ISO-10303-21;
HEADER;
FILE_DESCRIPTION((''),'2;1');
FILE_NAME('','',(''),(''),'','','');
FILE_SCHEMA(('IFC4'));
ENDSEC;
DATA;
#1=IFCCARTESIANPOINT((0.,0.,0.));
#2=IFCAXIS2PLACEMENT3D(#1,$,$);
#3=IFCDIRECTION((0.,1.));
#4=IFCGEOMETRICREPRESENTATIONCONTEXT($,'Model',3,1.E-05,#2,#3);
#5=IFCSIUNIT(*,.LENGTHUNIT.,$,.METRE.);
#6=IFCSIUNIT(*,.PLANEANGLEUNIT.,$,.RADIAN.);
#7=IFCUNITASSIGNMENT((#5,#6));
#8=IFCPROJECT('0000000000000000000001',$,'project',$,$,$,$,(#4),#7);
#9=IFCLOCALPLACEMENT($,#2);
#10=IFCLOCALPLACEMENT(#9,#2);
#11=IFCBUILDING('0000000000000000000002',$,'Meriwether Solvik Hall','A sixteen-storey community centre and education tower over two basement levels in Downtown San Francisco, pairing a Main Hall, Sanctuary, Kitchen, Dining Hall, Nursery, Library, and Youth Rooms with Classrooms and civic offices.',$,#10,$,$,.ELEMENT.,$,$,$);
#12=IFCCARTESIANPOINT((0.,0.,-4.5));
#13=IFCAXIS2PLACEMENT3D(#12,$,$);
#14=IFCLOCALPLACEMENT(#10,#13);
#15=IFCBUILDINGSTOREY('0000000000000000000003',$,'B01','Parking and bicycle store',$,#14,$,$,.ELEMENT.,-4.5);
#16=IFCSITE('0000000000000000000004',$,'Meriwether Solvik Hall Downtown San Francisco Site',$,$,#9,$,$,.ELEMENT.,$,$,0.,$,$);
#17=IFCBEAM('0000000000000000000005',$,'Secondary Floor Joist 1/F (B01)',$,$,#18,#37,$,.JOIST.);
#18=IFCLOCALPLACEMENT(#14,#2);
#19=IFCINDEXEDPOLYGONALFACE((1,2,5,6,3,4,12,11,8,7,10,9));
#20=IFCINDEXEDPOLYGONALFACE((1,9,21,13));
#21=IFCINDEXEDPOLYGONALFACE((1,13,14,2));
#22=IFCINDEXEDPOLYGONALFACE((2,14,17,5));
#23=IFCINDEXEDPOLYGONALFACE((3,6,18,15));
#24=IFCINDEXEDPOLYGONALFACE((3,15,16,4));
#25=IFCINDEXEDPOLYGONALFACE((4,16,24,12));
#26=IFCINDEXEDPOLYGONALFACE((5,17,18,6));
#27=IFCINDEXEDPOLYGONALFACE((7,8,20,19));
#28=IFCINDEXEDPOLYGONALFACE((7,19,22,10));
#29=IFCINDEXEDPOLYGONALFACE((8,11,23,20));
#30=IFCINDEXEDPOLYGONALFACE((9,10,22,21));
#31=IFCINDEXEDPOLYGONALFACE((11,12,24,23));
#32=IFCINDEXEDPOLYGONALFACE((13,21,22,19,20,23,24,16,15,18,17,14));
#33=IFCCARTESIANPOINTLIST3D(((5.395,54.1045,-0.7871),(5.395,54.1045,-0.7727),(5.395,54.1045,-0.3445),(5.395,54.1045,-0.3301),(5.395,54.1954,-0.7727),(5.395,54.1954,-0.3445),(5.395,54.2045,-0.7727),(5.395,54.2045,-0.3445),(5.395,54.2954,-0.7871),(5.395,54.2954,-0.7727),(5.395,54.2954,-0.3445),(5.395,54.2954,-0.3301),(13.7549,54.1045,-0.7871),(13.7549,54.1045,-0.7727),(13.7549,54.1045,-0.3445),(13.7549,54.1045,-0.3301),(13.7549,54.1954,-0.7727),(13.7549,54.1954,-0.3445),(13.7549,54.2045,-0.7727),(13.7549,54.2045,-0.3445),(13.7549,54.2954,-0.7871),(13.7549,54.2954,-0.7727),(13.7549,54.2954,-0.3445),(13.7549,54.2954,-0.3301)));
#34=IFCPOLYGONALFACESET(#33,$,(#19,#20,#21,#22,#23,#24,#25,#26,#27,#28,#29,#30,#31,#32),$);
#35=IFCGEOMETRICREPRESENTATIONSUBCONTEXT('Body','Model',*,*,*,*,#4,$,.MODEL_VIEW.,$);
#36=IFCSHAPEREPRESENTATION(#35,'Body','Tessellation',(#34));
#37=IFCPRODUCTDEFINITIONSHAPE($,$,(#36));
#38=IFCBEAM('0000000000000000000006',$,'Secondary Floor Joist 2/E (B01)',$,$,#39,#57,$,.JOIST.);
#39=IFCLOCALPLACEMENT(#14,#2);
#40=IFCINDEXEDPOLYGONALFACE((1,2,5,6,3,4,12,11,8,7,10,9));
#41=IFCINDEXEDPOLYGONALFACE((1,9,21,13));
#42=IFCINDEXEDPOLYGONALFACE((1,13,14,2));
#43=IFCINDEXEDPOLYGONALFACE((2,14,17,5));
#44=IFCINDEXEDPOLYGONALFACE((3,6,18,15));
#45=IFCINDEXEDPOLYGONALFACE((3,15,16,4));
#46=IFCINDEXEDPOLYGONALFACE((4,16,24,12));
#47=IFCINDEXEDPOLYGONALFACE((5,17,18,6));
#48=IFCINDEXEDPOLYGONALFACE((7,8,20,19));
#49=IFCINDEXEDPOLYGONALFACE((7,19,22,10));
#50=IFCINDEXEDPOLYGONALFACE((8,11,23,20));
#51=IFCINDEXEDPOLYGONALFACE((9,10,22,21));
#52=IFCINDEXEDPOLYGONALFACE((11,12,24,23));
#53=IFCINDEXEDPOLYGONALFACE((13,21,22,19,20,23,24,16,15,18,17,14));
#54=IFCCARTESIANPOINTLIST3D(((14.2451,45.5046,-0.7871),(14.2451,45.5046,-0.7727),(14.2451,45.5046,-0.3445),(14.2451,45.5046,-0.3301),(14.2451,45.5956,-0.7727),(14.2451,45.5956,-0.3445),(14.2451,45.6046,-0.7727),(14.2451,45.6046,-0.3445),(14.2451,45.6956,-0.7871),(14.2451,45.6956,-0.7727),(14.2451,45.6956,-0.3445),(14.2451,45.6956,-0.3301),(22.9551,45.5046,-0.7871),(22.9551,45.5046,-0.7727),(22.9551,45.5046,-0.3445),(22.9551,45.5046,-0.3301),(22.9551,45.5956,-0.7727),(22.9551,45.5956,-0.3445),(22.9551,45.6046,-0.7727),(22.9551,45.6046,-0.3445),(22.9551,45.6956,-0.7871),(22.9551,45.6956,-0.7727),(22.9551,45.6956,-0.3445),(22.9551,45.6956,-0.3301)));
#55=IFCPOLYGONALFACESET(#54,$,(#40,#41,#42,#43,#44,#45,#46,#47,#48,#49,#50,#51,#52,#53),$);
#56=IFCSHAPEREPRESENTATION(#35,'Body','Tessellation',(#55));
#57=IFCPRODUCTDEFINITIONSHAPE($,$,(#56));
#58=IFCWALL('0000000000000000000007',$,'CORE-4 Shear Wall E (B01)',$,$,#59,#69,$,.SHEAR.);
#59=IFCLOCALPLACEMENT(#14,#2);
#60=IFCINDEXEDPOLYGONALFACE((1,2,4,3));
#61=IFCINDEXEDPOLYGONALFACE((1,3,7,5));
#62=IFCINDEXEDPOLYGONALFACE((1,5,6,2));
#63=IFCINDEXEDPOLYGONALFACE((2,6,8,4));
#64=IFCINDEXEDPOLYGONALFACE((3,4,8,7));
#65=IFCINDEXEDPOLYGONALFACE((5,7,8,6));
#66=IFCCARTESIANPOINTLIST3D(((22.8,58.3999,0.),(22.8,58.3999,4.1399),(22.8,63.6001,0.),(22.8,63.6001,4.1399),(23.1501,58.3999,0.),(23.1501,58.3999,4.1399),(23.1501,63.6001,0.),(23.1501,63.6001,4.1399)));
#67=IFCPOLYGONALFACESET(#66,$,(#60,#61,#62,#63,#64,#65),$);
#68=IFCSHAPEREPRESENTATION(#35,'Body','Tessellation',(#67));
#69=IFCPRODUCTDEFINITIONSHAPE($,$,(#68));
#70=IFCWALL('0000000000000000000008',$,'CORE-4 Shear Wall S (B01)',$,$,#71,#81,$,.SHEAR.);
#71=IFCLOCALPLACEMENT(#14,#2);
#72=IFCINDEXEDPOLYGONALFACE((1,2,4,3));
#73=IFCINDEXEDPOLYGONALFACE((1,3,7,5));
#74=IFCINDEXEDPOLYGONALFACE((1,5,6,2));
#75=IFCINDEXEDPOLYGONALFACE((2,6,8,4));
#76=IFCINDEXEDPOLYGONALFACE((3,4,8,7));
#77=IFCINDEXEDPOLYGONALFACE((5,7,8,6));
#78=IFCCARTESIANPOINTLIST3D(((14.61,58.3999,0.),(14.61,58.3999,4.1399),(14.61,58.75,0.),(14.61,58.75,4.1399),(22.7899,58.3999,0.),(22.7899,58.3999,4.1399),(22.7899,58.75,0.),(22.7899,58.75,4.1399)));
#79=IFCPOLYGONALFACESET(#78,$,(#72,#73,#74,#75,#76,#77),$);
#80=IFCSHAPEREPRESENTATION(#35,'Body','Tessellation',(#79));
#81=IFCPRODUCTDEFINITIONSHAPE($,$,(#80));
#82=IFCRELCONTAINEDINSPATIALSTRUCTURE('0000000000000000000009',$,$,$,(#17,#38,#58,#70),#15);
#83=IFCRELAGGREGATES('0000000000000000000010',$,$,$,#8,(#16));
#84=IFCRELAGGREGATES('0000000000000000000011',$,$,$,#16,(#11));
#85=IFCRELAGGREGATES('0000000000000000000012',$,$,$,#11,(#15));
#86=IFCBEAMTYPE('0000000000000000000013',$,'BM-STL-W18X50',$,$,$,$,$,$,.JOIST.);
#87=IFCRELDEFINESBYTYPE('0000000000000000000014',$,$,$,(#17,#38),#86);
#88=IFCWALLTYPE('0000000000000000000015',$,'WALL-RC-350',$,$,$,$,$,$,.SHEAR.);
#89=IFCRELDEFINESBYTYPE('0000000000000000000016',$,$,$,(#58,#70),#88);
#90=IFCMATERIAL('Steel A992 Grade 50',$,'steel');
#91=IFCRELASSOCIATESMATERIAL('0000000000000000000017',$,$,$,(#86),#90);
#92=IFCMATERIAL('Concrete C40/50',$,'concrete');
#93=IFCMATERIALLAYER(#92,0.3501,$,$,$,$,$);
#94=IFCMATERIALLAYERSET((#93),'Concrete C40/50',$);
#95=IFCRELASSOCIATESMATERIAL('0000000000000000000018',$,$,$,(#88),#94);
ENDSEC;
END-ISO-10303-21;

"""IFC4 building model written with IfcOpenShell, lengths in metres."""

from ifc_helpers import new_model, si_unit, direction, frame, frame_2d, origin, origin_2d, place, context, subcontext, project, spatial, rectangle, i_section, extrude, material, layer, layer_set, material_profile, profile_set, type_object, element, save


model = new_model("IFC4")

# Units and contexts
model_context = context("Model", 3, precision=1e-05, world=origin(), true_north=direction((0.0, 1.0)))
body_context = subcontext(model_context, "Body", "Model", "MODEL_VIEW")
ifc_project = project(units=[si_unit("LENGTHUNIT", "METRE"), si_unit("PLANEANGLEUNIT", "RADIAN")], contexts=[model_context])

# Site, building, storey
site_placement = place(None, origin())
site = spatial("IfcSite", under=ifc_project, at=site_placement, Name="Meriwether Solvik Hall Downtown San Francisco Site", CompositionType="ELEMENT", RefElevation=0.0)
building_placement = place(site_placement, origin())
building = spatial("IfcBuilding", under=site, at=building_placement, Name="Meriwether Solvik Hall", Description="A sixteen-storey community centre and education tower over two basement levels in Downtown San Francisco, pairing a Main Hall, Sanctuary, Kitchen, Dining Hall, Nursery, Library, and Youth Rooms with Classrooms and civic offices.", CompositionType="ELEMENT")
storey_placement = place(building_placement, frame((0.0, 0.0, -4.5)))
storey = spatial("IfcBuildingStorey", under=building, at=storey_placement, Name="B01", Description="Parking and bicycle store", CompositionType="ELEMENT", Elevation=-4.5)

# Beams
ifc_material_1 = material(Name="Steel A992 Grade 50", Category="steel")
ifc_material_profile_1 = material_profile(ifc_material_1, i_section(OverallWidth=0.1909, OverallDepth=0.457, WebThickness=0.009, FlangeThickness=0.0144, at=origin_2d()), Name="W18X50")
ifc_profile_set_1 = profile_set([ifc_material_profile_1], Name="Steel A992 Grade 50")
beam_type_1 = type_object("IfcBeamType", Name="BM-STL-W18X50", PredefinedType="JOIST", material=ifc_profile_set_1)
beam_1_placement = place(storey_placement, frame((5.395, 54.2, -0.5586), z_axis=(1.0, 0.0, 0.0), x_axis=(0.0, 1.0, 0.0)))
element("IfcBeam", 1, at=beam_1_placement, inside=storey, type_object=beam_type_1, Name="Secondary Floor Joist 1/F (B01)", PredefinedType="JOIST", context=body_context, shape_type="SweptSolid", body=[
    extrude(i_section(OverallWidth=0.1909, OverallDepth=0.457, WebThickness=0.009, FlangeThickness=0.0144, at=origin_2d()), origin(), (0.0, 0.0, 1.0), 8.3599),
])
beam_2_placement = place(storey_placement, frame((14.2451, 45.6001, -0.5586), z_axis=(1.0, 0.0, 0.0), x_axis=(0.0, 1.0, 0.0)))
element("IfcBeam", 2, at=beam_2_placement, inside=storey, type_object=beam_type_1, Name="Secondary Floor Joist 2/E (B01)", PredefinedType="JOIST", context=body_context, shape_type="SweptSolid", body=[
    extrude(i_section(OverallWidth=0.1909, OverallDepth=0.457, WebThickness=0.009, FlangeThickness=0.0144, at=origin_2d()), origin(), (0.0, 0.0, 1.0), 8.71),
])

# Walls
ifc_material_2 = material(Name="Concrete C40/50", Category="concrete")
ifc_layer_1 = layer(ifc_material_2, 0.3501)
ifc_layer_set_1 = layer_set([ifc_layer_1], Name="Concrete C40/50")
wall_type = type_object("IfcWallType", Name="WALL-RC-350", PredefinedType="SHEAR", material=ifc_layer_set_1)
wall_1_placement = place(storey_placement, frame((22.9751, 58.3999, 0.0), z_axis=(0.0, 0.0, 1.0), x_axis=(0.0, 1.0, 0.0)))
element("IfcWall", 3, at=wall_1_placement, inside=storey, type_object=wall_type, Name="CORE-4 Shear Wall E (B01)", PredefinedType="SHEAR", context=body_context, shape_type="SweptSolid", body=[
    extrude(rectangle(XDim=5.2002, YDim=0.3501, at=frame_2d((2.6001, 0.0))), origin(), (0.0, 0.0, 1.0), 4.1399),
])
wall_2_placement = place(storey_placement, frame((14.6101, 58.575, 0.0), z_axis=(0.0, 0.0, 1.0), x_axis=(1.0, 0.0, 0.0)))
element("IfcWall", 4, at=wall_2_placement, inside=storey, type_object=wall_type, Name="CORE-4 Shear Wall S (B01)", PredefinedType="SHEAR", context=body_context, shape_type="SweptSolid", body=[
    extrude(rectangle(XDim=8.1799, YDim=0.3501, at=frame_2d((4.0898, 0.0))), origin(), (0.0, 0.0, 1.0), 4.1399),
])

save(model, "model.ifc")
